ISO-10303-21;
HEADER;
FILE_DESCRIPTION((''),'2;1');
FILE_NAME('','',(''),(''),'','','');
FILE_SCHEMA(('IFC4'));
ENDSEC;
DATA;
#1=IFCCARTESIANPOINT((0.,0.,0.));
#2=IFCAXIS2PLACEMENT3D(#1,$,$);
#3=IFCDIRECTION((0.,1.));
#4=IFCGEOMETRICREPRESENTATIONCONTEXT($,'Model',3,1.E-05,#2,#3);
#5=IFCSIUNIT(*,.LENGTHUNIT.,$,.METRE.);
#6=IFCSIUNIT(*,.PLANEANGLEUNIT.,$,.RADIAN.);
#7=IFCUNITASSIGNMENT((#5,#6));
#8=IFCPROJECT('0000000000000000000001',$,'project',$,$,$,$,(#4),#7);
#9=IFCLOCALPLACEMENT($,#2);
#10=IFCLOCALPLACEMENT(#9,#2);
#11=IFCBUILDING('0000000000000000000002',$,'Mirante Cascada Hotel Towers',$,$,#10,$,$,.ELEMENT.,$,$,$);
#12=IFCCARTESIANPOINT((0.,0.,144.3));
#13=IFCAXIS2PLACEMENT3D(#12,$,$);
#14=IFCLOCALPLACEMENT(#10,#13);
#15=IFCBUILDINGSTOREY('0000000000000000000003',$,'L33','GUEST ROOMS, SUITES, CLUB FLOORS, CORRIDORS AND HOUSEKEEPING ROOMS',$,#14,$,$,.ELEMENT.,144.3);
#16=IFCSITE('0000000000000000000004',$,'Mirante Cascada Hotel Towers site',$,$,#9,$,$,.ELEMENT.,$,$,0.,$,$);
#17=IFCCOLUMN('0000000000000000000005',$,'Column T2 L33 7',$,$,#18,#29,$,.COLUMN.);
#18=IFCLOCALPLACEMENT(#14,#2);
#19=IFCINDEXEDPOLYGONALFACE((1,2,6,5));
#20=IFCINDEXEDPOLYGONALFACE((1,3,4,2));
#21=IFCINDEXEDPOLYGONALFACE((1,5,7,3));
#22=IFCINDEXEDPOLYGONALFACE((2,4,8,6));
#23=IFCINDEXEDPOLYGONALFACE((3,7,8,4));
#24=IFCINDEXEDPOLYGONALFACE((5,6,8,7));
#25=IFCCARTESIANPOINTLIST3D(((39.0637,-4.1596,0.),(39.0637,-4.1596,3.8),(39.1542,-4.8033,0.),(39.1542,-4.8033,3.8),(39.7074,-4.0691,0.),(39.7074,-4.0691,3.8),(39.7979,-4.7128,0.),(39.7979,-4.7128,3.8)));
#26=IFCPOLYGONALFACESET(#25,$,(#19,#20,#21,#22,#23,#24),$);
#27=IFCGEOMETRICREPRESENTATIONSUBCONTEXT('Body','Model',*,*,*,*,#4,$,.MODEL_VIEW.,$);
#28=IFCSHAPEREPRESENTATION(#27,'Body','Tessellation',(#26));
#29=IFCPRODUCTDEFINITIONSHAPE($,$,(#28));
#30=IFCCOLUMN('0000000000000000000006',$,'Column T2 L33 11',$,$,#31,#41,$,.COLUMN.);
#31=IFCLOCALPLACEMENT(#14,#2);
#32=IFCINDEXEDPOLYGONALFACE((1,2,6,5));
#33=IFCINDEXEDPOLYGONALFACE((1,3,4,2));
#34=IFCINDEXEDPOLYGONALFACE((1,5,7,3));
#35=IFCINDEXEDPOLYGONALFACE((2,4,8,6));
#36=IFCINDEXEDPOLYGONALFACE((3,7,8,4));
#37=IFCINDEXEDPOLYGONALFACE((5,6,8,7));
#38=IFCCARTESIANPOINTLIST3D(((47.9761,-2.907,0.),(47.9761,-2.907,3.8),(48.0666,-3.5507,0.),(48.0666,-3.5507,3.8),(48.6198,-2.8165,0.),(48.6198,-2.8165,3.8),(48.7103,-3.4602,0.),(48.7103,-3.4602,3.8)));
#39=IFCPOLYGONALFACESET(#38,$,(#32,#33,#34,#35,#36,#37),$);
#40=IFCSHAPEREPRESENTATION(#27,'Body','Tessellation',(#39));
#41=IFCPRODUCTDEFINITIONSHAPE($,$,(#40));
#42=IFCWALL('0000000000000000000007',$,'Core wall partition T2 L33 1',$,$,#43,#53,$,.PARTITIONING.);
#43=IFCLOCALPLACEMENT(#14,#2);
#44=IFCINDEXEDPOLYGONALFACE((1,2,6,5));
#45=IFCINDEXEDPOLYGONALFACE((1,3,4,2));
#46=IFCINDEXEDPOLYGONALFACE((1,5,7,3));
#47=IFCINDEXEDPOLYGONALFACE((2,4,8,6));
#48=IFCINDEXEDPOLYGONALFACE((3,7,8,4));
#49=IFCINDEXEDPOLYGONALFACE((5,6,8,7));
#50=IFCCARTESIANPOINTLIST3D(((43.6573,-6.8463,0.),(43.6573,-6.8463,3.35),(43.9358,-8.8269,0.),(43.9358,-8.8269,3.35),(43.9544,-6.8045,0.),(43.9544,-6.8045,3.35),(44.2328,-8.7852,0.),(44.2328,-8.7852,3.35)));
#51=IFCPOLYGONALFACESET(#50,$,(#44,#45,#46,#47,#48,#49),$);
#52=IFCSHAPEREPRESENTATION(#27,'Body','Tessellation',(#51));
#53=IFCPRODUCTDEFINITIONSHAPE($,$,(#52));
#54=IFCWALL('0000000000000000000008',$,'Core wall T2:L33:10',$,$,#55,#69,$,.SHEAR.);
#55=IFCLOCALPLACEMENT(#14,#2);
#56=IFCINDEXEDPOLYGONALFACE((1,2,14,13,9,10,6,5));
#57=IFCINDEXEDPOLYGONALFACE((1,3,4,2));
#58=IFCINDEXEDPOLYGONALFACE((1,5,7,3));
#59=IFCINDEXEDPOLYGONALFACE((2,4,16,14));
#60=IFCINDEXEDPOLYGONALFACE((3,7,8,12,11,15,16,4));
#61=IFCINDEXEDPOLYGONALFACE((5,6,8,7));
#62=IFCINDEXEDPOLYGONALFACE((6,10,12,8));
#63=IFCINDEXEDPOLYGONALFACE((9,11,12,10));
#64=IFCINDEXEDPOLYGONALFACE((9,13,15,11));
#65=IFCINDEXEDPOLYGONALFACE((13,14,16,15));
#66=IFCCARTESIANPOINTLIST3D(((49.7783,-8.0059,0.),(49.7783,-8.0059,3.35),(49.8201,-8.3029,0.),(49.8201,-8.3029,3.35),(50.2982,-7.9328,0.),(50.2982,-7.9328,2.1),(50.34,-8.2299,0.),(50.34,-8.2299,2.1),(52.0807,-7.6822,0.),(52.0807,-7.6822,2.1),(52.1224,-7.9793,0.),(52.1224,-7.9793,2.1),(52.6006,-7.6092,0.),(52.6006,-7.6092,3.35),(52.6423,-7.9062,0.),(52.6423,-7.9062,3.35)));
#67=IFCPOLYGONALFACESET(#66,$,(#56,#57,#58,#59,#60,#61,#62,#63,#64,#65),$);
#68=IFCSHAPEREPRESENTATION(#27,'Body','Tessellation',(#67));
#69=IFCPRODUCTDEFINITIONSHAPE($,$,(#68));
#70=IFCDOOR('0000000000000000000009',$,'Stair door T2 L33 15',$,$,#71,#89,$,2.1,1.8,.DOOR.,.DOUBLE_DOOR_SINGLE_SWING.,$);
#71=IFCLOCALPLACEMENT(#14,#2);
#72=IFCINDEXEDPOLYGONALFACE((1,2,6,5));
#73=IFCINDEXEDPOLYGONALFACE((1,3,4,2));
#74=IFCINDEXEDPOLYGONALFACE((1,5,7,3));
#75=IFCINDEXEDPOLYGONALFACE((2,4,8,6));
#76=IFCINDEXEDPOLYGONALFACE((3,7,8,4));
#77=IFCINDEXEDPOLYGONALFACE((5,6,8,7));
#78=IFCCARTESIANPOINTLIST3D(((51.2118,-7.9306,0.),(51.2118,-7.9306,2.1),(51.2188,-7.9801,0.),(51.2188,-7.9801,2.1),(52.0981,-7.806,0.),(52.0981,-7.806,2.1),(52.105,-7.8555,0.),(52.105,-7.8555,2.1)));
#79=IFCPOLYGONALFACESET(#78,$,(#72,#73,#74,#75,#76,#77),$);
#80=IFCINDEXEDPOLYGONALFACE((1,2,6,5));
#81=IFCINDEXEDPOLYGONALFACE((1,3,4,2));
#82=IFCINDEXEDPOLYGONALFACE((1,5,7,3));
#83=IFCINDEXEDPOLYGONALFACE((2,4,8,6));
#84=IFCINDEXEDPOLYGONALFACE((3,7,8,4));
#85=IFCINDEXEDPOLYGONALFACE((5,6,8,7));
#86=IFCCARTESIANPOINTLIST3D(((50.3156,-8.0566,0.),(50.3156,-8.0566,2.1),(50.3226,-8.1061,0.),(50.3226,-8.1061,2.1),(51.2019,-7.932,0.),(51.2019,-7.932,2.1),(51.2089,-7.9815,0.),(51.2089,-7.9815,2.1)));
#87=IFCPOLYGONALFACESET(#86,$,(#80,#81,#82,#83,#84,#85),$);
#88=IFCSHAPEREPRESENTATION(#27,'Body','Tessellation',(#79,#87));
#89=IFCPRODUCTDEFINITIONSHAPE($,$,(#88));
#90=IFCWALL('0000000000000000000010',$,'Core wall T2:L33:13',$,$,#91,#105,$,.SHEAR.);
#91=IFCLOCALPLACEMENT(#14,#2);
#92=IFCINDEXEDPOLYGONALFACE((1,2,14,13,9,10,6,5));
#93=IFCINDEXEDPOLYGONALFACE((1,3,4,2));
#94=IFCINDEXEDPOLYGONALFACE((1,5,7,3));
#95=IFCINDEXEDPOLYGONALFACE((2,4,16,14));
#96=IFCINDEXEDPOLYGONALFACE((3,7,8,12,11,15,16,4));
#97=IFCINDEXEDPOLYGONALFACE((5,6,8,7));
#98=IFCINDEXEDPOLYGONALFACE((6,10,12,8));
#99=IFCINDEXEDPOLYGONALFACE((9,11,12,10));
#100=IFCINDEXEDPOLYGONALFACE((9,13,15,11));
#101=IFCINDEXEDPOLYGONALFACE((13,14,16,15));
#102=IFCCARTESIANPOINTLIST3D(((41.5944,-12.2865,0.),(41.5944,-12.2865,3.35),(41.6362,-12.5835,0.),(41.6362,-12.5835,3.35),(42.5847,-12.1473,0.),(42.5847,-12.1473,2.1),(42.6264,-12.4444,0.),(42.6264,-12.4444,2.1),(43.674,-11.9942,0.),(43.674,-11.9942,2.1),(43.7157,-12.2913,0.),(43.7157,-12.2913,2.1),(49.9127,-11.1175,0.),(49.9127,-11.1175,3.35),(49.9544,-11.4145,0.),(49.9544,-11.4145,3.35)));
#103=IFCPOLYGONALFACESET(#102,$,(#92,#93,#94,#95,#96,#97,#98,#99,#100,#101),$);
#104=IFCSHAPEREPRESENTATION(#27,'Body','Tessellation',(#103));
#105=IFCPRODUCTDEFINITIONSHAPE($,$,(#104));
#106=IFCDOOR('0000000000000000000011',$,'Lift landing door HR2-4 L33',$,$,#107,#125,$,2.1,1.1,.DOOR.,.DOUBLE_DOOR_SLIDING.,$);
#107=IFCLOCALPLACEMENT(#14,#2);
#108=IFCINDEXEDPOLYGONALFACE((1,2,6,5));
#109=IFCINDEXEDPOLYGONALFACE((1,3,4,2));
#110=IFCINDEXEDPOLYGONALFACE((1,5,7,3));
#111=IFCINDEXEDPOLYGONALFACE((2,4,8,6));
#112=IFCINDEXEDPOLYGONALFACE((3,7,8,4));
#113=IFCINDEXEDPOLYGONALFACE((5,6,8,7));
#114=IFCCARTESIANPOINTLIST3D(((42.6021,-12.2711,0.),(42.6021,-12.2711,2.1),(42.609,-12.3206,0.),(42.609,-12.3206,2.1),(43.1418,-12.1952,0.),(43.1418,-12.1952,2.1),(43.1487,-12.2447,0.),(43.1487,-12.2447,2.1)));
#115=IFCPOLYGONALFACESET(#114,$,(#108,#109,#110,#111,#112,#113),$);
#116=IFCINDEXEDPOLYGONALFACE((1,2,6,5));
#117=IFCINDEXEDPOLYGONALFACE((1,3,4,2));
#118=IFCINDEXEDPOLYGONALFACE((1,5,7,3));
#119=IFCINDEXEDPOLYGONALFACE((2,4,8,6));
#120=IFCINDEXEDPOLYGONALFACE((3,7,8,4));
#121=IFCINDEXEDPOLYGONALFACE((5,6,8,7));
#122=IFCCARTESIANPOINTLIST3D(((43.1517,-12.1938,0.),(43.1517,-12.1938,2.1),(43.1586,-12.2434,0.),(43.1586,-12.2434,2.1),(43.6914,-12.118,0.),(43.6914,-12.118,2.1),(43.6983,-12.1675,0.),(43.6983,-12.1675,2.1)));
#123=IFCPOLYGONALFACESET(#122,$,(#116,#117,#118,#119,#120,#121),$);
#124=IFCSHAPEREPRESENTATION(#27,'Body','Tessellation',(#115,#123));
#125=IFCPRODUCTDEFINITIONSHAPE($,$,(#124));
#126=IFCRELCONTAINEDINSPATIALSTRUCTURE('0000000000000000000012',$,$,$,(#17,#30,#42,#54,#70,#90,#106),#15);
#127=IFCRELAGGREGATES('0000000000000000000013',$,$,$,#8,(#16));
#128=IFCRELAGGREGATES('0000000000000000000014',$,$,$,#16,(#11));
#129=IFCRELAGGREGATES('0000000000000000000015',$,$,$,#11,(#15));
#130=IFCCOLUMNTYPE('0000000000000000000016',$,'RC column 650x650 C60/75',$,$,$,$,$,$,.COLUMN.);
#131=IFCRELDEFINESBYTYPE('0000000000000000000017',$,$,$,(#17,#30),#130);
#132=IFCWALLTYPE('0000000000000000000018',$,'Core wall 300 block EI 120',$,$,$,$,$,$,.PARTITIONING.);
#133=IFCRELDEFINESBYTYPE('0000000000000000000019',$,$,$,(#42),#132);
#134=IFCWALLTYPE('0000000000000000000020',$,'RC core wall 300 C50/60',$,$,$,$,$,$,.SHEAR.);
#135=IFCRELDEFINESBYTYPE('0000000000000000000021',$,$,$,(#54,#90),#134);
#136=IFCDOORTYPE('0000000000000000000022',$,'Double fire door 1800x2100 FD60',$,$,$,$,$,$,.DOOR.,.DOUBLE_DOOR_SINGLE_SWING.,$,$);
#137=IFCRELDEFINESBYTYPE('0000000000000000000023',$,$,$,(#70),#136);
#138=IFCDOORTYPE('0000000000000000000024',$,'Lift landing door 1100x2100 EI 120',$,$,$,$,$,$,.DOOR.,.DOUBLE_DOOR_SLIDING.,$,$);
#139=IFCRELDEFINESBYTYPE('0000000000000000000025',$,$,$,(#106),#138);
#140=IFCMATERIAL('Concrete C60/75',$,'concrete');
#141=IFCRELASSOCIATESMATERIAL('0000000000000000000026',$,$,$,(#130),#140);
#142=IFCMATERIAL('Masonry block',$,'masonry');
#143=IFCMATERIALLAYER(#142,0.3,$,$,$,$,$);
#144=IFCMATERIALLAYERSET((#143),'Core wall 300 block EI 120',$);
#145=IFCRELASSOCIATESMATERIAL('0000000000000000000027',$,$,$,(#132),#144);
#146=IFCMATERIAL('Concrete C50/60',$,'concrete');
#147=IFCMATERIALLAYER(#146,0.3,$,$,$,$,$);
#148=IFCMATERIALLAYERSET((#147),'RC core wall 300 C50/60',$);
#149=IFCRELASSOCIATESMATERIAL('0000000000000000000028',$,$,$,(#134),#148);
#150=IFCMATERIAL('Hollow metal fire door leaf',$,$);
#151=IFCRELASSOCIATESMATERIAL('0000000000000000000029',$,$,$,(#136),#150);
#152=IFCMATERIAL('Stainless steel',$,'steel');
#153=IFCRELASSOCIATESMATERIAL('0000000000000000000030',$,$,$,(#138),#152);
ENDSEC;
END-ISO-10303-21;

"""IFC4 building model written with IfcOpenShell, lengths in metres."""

from ifc_helpers import new_model, si_unit, direction, frame, frame_2d, origin, origin_2d, place, context, subcontext, project, spatial, rectangle, extrude, material, layer, layer_set, material_profile, profile_set, type_object, element, fill, save


model = new_model("IFC4")

# Units and contexts
model_context = context("Model", 3, precision=1e-05, world=origin(), true_north=direction((0.0, 1.0)))
body_context = subcontext(model_context, "Body", "Model", "MODEL_VIEW")
ifc_project = project(units=[si_unit("LENGTHUNIT", "METRE"), si_unit("PLANEANGLEUNIT", "RADIAN")], contexts=[model_context])

# Site, building, storey
site_placement = place(None, origin())
site = spatial("IfcSite", under=ifc_project, at=site_placement, Name="Mirante Cascada Hotel Towers site", CompositionType="ELEMENT", RefElevation=0.0)
building_placement = place(site_placement, origin())
building = spatial("IfcBuilding", under=site, at=building_placement, Name="Mirante Cascada Hotel Towers", CompositionType="ELEMENT")
storey_placement = place(building_placement, frame((0.0, 0.0, 144.3)))
storey = spatial("IfcBuildingStorey", under=building, at=storey_placement, Name="L33", Description="GUEST ROOMS, SUITES, CLUB FLOORS, CORRIDORS AND HOUSEKEEPING ROOMS", CompositionType="ELEMENT", Elevation=144.3)

# Columns
ifc_material_1 = material(Name="Concrete C60/75", Category="concrete")
ifc_material_profile = material_profile(ifc_material_1, rectangle(XDim=0.65, YDim=0.65, at=origin_2d()), Name="RC column 650x650 C60/75")
ifc_profile_set = profile_set([ifc_material_profile], Name="Concrete C60/75")
column_type = type_object("IfcColumnType", Name="RC column 650x650 C60/75", PredefinedType="COLUMN", material=ifc_profile_set)
for number, where, z_axis, x_axis, name in (
    (1, (39.4308, -4.4362, 0.0), (0.0, 0.0, 1.0), (0.990268, 0.139173, 0.0), "Column T2 L33 7"),
    (2, (48.3432, -3.1836, 0.0), (0.0, 0.0, 1.0), (0.990268, 0.139173, 0.0), "Column T2 L33 11"),
):
    element("IfcColumn", number, at=place(storey_placement, frame(where, z_axis=z_axis, x_axis=x_axis)), inside=storey, type_object=column_type, Name=name, PredefinedType="COLUMN", context=body_context, shape_type="SweptSolid", body=[
        extrude(rectangle(XDim=0.65, YDim=0.65, at=origin_2d()), origin(), (0.0, 0.0, 1.0), 3.8),
    ])

# Wall
ifc_material_2 = material(Name="Masonry block", Category="masonry")
ifc_layer_1 = layer(ifc_material_2, 0.3)
ifc_layer_set_1 = layer_set([ifc_layer_1], Name="Core wall 300 block EI 120")
wall_type_1 = type_object("IfcWallType", Name="Core wall 300 block EI 120", PredefinedType="PARTITIONING", material=ifc_layer_set_1)
wall_1_placement = place(storey_placement, frame((44.0843, -8.8061, 0.0), z_axis=(0.0, 0.0, 1.0), x_axis=(-0.139195, 0.990265, 0.0)))
element("IfcWall", 3, at=wall_1_placement, inside=storey, type_object=wall_type_1, Name="Core wall partition T2 L33 1", PredefinedType="PARTITIONING", context=body_context, shape_type="SweptSolid", body=[
    extrude(rectangle(XDim=2.0001, YDim=0.3, at=frame_2d((1.0001, 0.0))), origin(), (0.0, 0.0, 1.0), 3.35),
])

# Walls, openings, doors
ifc_material_3 = material(Name="Concrete C50/60", Category="concrete")
ifc_layer_2 = layer(ifc_material_3, 0.3)
ifc_layer_set_2 = layer_set([ifc_layer_2], Name="RC core wall 300 C50/60")
wall_type_2 = type_object("IfcWallType", Name="RC core wall 300 C50/60", PredefinedType="SHEAR", material=ifc_layer_set_2)
wall_2_placement = place(storey_placement, frame((49.7992, -8.1544, 0.0), z_axis=(0.0, 0.0, 1.0), x_axis=(0.990266, 0.139191, 0.0)))
wall_2 = element("IfcWall", 4, at=wall_2_placement, inside=storey, type_object=wall_type_2, Name="Core wall T2:L33:10", PredefinedType="SHEAR", context=body_context, shape_type="SweptSolid", body=[
    extrude(rectangle(XDim=2.85, YDim=0.3, at=frame_2d((1.425, 0.0))), origin(), (0.0, 0.0, 1.0), 3.35),
])
opening_1_placement = place(wall_2_placement, frame((0.525, 0.0, 0.0)))
opening_1 = element("IfcOpeningElement", 5, at=opening_1_placement, cuts=wall_2, PredefinedType="OPENING", context=body_context, shape_type="SweptSolid", body=[
    extrude(rectangle(XDim=1.8, YDim=2.1, at=frame_2d((0.9, 1.05))), frame((0.0, 0.15, 0.0), z_axis=(0.0, -1.0, 0.0), x_axis=(1.0, 0.0, 0.0)), (0.0, 0.0, 1.0), 0.3),
])
ifc_material_4 = material(Name="Hollow metal fire door leaf")
door_type_1 = type_object("IfcDoorType", Name="Double fire door 1800x2100 FD60", OperationType="DOUBLE_DOOR_SINGLE_SWING", PredefinedType="DOOR", material=ifc_material_4)
door_1_placement = place(opening_1_placement, frame((1.8, 0.0, 0.0), z_axis=(0.0, 0.0, 1.0), x_axis=(-1.0, 0.0, 0.0)))
door_1 = element("IfcDoor", 6, at=door_1_placement, inside=storey, type_object=door_type_1, Name="Stair door T2 L33 15", OperationType="DOUBLE_DOOR_SINGLE_SWING", OverallHeight=2.1, OverallWidth=1.8, PredefinedType="DOOR", context=body_context, shape_type="SweptSolid", body=[
    extrude(rectangle(XDim=0.895, YDim=2.1, at=frame_2d((0.4475, 1.05))), frame((0.0, 0.025, 0.0), z_axis=(0.0, -1.0, 0.0), x_axis=(1.0, 0.0, 0.0)), (0.0, 0.0, 1.0), 0.05),
    extrude(rectangle(XDim=0.895, YDim=2.1, at=frame_2d((1.3525, 1.05))), frame((0.0, 0.025, 0.0), z_axis=(0.0, -1.0, 0.0), x_axis=(1.0, 0.0, 0.0)), (0.0, 0.0, 1.0), 0.05),
])
fill(opening_1, door_1)
wall_3_placement = place(storey_placement, frame((41.6153, -12.435, 0.0), z_axis=(0.0, 0.0, 1.0), x_axis=(0.990269, 0.139166, 0.0)))
wall_3 = element("IfcWall", 7, at=wall_3_placement, inside=storey, type_object=wall_type_2, Name="Core wall T2:L33:13", PredefinedType="SHEAR", context=body_context, shape_type="SweptSolid", body=[
    extrude(rectangle(XDim=8.4, YDim=0.3, at=frame_2d((4.2, 0.0))), origin(), (0.0, 0.0, 1.0), 3.35),
])
opening_2_placement = place(wall_3_placement, frame((1.0, 0.0, 0.0)))
opening_2 = element("IfcOpeningElement", 8, at=opening_2_placement, cuts=wall_3, PredefinedType="OPENING", context=body_context, shape_type="SweptSolid", body=[
    extrude(rectangle(XDim=1.1, YDim=2.1, at=frame_2d((0.55, 1.05))), frame((0.0, 0.15, 0.0), z_axis=(0.0, -1.0, 0.0), x_axis=(1.0, 0.0, 0.0)), (0.0, 0.0, 1.0), 0.3),
])
ifc_material_5 = material(Name="Stainless steel", Category="steel")
door_type_2 = type_object("IfcDoorType", Name="Lift landing door 1100x2100 EI 120", OperationType="DOUBLE_DOOR_SLIDING", PredefinedType="DOOR", material=ifc_material_5)
door_2_placement = place(opening_2_placement, origin())
door_2 = element("IfcDoor", 9, at=door_2_placement, inside=storey, type_object=door_type_2, Name="Lift landing door HR2-4 L33", OperationType="DOUBLE_DOOR_SLIDING", OverallHeight=2.1, OverallWidth=1.1, PredefinedType="DOOR", context=body_context, shape_type="SweptSolid", body=[
    extrude(rectangle(XDim=0.545, YDim=2.1, at=frame_2d((0.2725, 1.05))), frame((0.0, 0.025, 0.0), z_axis=(0.0, -1.0, 0.0), x_axis=(1.0, 0.0, 0.0)), (0.0, 0.0, 1.0), 0.05),
    extrude(rectangle(XDim=0.545, YDim=2.1, at=frame_2d((0.8275, 1.05))), frame((0.0, 0.025, 0.0), z_axis=(0.0, -1.0, 0.0), x_axis=(1.0, 0.0, 0.0)), (0.0, 0.0, 1.0), 0.05),
])
fill(opening_2, door_2)

save(model, "model.ifc")
